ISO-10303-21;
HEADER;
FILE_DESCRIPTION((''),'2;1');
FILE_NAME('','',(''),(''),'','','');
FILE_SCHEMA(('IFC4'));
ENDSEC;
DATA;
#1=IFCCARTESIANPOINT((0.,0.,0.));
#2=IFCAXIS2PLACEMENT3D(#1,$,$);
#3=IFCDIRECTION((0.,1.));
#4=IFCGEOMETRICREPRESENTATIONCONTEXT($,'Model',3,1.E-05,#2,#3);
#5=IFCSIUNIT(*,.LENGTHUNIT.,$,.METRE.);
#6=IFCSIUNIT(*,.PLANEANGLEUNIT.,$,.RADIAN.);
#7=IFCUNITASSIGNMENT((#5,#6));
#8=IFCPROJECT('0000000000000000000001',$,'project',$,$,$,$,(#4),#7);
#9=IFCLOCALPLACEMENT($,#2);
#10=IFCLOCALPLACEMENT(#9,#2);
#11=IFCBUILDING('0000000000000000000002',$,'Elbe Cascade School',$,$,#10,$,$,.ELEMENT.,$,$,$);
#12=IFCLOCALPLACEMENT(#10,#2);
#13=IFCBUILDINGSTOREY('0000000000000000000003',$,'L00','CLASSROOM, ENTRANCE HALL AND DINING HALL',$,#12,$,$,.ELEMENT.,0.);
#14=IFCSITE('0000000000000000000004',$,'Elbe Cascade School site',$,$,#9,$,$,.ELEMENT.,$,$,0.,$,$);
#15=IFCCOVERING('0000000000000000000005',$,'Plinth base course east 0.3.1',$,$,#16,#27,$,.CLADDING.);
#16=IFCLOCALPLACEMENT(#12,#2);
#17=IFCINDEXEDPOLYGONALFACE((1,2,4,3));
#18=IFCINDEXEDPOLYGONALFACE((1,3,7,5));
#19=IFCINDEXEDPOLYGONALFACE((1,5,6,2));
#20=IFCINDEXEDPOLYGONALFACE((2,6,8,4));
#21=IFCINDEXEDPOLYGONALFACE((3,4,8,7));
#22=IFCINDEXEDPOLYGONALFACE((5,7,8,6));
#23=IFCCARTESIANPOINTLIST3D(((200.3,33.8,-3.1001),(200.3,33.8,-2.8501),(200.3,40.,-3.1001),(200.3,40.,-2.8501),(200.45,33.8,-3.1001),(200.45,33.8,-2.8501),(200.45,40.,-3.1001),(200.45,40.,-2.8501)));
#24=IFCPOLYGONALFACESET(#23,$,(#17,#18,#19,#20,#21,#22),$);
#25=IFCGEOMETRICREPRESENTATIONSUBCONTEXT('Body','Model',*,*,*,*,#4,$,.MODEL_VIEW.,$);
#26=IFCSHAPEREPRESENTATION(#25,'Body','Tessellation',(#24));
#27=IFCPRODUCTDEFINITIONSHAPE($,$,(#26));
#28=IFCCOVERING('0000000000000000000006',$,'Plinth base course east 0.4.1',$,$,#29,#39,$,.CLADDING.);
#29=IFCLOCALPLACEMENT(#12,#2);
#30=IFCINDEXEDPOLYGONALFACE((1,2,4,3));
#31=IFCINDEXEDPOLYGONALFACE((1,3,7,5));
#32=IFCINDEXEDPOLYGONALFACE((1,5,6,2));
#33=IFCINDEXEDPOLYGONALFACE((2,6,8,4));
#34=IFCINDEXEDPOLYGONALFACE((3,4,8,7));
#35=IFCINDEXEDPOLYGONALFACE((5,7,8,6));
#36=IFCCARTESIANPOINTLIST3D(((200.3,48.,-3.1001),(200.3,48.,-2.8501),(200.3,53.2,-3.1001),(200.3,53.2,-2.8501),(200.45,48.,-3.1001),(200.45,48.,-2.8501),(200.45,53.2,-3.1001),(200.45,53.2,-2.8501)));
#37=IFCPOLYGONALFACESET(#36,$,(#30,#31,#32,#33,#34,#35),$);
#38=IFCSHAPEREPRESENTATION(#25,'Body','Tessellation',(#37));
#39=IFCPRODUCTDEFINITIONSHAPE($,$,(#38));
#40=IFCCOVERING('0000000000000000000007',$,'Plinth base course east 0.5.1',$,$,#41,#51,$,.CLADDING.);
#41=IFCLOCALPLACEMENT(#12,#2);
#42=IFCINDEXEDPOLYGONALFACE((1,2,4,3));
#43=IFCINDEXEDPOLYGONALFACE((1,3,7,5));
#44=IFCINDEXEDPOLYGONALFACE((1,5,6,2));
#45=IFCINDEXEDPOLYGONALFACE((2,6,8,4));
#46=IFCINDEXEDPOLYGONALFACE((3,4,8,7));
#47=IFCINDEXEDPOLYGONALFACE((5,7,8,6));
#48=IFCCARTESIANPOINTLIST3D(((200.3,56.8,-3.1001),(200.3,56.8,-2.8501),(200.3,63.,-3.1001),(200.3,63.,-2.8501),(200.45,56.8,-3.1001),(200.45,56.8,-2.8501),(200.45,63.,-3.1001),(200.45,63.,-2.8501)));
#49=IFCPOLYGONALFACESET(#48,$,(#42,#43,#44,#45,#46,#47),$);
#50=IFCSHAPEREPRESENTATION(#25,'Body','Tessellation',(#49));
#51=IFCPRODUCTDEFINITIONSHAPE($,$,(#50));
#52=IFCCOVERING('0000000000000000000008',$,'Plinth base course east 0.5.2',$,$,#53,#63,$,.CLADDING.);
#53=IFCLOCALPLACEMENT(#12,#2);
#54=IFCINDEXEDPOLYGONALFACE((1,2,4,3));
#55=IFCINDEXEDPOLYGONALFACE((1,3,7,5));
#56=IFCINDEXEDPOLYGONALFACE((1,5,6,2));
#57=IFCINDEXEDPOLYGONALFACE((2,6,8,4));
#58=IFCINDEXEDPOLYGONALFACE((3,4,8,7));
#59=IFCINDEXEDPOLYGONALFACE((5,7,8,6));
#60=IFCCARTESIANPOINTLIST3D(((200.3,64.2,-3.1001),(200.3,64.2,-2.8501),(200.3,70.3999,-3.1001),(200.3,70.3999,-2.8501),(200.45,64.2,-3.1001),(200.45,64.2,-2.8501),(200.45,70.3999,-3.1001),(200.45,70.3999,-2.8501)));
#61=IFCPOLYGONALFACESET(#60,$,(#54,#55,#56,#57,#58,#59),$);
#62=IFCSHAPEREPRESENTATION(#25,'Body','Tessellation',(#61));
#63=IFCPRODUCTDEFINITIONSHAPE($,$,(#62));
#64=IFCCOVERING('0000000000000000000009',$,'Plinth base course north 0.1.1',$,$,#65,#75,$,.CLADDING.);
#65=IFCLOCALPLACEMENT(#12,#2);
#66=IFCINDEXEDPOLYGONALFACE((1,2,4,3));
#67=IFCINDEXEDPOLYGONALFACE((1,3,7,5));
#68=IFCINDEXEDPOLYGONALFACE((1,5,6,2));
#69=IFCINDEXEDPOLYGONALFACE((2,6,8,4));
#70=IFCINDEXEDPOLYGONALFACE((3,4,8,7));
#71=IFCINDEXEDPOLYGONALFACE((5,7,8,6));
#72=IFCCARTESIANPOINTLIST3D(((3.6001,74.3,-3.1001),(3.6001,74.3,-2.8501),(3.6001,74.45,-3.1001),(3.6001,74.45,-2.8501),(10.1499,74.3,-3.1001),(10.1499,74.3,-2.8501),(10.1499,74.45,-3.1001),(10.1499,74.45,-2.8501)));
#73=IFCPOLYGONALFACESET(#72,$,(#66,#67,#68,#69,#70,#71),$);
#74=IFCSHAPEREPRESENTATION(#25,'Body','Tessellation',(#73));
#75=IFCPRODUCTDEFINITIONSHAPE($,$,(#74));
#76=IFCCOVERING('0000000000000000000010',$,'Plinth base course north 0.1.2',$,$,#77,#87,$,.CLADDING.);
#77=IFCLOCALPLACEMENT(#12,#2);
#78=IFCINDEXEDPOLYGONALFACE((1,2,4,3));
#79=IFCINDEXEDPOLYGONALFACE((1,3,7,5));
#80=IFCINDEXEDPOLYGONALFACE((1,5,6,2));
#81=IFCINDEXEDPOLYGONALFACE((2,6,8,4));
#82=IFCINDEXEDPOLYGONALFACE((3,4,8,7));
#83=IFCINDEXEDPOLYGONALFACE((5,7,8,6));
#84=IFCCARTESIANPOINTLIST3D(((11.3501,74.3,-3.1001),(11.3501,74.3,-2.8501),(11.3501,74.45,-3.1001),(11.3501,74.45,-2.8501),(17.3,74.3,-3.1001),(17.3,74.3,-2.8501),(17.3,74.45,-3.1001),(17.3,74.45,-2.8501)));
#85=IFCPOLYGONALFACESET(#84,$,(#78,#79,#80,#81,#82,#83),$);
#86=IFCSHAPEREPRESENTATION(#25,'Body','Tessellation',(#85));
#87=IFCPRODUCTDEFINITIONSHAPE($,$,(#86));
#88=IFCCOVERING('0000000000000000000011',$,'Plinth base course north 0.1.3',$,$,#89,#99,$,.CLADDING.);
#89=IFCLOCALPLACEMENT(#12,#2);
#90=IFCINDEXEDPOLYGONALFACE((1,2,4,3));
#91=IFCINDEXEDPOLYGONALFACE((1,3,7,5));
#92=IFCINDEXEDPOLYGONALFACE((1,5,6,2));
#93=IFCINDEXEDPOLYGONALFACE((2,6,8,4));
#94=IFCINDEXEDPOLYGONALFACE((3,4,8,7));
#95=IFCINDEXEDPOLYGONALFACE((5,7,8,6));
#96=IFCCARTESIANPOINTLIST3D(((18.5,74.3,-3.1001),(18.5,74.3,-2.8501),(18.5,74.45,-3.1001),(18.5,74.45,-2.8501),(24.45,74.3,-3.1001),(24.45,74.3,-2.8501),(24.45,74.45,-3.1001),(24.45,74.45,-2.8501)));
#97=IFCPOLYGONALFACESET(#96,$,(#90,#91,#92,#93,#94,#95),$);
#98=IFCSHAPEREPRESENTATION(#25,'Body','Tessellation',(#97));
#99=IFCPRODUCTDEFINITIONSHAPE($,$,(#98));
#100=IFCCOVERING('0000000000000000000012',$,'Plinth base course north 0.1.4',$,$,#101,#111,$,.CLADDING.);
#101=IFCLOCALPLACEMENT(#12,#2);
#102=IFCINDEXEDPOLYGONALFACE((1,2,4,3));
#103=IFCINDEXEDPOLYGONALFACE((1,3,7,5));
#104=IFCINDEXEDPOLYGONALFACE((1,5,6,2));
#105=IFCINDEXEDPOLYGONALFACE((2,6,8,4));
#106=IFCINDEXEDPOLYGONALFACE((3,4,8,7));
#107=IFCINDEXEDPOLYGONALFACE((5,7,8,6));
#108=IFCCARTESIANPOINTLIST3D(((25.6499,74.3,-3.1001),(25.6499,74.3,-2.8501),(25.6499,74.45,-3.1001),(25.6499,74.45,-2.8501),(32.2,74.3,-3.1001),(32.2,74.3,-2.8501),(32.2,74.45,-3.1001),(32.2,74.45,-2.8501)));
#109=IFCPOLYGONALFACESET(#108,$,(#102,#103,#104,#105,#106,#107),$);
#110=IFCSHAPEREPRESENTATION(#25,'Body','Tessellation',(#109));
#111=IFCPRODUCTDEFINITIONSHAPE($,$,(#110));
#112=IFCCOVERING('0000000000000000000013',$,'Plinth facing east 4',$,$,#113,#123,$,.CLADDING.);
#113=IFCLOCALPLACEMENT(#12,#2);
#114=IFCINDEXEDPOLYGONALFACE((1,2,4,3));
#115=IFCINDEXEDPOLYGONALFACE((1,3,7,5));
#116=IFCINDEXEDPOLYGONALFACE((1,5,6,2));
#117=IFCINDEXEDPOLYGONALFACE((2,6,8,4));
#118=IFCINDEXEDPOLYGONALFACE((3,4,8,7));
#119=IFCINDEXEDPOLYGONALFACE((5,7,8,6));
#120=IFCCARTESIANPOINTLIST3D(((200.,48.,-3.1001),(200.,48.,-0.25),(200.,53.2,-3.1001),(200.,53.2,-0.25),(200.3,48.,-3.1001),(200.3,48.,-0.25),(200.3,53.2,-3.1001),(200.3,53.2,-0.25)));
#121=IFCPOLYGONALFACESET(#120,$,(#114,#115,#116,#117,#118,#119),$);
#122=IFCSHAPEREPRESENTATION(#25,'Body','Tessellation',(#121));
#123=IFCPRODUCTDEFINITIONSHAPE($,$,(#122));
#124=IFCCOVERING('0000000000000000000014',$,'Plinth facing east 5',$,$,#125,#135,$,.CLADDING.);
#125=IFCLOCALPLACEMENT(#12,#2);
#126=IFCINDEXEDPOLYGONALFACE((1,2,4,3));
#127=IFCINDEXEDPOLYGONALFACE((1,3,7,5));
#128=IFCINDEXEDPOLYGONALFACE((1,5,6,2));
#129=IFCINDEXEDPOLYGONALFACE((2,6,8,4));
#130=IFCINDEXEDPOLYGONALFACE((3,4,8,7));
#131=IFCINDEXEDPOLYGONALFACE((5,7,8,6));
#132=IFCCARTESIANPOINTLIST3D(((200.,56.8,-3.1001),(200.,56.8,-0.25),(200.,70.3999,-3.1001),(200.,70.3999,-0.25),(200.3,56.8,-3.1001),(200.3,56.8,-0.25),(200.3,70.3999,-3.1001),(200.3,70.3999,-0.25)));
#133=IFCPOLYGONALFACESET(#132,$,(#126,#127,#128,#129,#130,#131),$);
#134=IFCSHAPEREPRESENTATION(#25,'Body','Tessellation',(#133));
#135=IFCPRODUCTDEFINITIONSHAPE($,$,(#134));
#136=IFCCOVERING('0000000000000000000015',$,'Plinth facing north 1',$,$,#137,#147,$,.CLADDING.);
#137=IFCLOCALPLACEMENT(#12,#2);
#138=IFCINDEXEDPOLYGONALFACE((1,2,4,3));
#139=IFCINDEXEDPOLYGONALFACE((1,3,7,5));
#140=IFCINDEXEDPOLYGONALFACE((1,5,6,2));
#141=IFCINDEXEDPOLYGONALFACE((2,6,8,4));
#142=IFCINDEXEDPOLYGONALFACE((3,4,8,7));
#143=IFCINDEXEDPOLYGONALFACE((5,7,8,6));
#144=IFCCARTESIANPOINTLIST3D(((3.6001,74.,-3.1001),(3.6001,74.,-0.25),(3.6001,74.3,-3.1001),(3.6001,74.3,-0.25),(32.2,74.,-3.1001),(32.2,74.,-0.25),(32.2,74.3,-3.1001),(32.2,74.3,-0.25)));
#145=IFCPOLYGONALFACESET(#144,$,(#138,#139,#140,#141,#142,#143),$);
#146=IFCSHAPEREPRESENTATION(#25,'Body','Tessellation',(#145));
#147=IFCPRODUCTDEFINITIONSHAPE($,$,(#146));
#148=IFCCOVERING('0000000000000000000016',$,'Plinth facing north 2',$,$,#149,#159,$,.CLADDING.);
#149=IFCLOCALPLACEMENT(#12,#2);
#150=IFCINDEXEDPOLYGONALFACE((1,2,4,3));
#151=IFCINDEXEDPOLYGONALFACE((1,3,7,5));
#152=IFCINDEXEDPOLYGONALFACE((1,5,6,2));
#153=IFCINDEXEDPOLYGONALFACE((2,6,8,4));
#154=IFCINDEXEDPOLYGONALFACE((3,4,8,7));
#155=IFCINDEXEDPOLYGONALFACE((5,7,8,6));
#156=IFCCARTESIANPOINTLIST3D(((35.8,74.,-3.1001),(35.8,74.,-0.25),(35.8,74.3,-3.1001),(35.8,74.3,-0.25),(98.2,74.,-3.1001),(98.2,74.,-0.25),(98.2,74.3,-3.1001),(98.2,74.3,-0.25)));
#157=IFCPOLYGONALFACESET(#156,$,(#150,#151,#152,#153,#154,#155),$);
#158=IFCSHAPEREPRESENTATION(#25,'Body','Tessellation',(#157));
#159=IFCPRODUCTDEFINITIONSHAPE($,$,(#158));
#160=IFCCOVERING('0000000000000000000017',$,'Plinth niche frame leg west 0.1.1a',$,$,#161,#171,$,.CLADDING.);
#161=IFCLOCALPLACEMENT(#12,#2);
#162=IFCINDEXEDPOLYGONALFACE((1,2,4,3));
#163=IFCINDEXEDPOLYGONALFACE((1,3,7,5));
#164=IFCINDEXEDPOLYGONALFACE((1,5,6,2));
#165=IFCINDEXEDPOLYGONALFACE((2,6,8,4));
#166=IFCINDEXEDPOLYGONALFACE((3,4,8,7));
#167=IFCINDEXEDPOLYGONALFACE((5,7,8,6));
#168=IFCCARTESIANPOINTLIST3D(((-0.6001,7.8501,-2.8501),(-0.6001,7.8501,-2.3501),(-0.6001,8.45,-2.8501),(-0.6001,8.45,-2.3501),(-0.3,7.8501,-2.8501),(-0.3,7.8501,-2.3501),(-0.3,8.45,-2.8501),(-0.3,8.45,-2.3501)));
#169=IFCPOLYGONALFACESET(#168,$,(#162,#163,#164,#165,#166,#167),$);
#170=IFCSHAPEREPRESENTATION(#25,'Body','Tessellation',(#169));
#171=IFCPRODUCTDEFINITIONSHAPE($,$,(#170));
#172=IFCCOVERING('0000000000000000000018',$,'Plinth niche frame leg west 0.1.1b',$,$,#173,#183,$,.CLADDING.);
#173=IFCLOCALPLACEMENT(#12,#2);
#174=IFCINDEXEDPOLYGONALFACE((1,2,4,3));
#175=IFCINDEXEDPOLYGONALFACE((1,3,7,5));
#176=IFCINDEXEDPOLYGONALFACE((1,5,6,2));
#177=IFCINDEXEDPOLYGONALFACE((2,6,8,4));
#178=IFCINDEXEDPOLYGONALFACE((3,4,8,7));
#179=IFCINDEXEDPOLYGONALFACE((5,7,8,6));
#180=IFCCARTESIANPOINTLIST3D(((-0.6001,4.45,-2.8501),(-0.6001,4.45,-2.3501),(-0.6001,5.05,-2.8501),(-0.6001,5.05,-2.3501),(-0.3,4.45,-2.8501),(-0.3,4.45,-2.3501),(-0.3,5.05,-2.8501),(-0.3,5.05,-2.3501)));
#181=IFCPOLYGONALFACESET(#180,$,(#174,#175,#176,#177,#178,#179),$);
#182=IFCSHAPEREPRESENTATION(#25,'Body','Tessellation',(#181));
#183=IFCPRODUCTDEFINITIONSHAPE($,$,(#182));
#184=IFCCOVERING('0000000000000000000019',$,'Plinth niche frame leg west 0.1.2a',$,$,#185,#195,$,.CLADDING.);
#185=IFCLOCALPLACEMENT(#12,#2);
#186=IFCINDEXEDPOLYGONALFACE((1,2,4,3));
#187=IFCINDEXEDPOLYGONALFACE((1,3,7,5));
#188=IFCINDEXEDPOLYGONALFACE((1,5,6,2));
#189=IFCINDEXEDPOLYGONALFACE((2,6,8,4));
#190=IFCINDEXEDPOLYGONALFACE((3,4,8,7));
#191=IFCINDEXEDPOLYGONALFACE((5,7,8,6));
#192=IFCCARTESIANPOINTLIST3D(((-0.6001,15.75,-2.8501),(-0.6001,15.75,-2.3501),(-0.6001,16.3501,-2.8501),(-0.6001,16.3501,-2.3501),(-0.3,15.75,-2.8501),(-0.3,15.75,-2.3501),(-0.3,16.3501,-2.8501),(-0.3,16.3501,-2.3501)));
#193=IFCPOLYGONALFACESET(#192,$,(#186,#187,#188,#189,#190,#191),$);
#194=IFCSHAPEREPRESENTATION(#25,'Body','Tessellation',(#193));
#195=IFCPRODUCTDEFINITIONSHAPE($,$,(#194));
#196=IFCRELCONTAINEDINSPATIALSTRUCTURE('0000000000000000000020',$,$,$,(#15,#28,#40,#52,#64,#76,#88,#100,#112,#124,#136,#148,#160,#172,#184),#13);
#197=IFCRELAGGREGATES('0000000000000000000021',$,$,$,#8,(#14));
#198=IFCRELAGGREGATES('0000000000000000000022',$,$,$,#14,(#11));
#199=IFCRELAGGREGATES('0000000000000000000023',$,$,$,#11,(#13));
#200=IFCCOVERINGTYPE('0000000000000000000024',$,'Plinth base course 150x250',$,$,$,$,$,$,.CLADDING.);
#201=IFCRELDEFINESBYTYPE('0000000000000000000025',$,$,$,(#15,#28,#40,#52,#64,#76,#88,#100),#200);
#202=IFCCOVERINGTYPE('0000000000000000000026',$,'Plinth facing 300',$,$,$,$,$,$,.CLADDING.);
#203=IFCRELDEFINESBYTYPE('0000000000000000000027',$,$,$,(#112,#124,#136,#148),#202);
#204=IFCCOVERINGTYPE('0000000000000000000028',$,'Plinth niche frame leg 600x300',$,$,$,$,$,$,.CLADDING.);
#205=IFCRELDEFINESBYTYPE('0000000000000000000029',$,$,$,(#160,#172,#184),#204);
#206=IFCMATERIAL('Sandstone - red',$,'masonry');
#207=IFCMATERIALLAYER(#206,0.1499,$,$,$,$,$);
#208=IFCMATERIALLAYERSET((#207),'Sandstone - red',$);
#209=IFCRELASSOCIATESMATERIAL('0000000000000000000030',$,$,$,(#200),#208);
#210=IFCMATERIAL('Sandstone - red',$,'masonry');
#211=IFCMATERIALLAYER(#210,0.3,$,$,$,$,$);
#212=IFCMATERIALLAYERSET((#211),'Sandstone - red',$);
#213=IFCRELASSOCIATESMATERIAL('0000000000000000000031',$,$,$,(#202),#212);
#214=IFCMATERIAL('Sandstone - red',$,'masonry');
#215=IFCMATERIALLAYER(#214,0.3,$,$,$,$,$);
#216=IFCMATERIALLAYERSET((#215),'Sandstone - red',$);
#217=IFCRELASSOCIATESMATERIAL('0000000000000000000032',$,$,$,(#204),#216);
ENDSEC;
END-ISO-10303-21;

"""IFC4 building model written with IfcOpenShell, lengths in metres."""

from ifc_helpers import new_model, si_unit, direction, frame, origin, place, context, subcontext, project, spatial, polyline, outline, extrude, material, layer, layer_set, type_object, element, save


model = new_model("IFC4")

# Units and contexts
model_context = context("Model", 3, precision=1e-05, world=origin(), true_north=direction((0.0, 1.0)))
body_context = subcontext(model_context, "Body", "Model", "MODEL_VIEW")
ifc_project = project(units=[si_unit("LENGTHUNIT", "METRE"), si_unit("PLANEANGLEUNIT", "RADIAN")], contexts=[model_context])

# Site, building, storey
site_placement = place(None, origin())
site = spatial("IfcSite", under=ifc_project, at=site_placement, Name="Elbe Cascade School site", CompositionType="ELEMENT", RefElevation=0.0)
building_placement = place(site_placement, origin())
building = spatial("IfcBuilding", under=site, at=building_placement, Name="Elbe Cascade School", CompositionType="ELEMENT")
storey_placement = place(building_placement, origin())
storey = spatial("IfcBuildingStorey", under=building, at=storey_placement, Name="L00", Description="CLASSROOM, ENTRANCE HALL AND DINING HALL", CompositionType="ELEMENT", Elevation=0.0)

# Coverings
ifc_material_1 = material(Name="Sandstone - red", Category="masonry")
ifc_layer_1 = layer(ifc_material_1, 0.1499)
ifc_layer_set_1 = layer_set([ifc_layer_1], Name="Sandstone - red")
covering_type_1 = type_object("IfcCoveringType", Name="Plinth base course 150x250", PredefinedType="CLADDING", material=ifc_layer_set_1)
covering_1_placement = place(storey_placement, frame((0.0, 0.0, -3.1001)))
element("IfcCovering", 1, at=covering_1_placement, inside=storey, type_object=covering_type_1, Name="Plinth base course east 0.3.1", PredefinedType="CLADDING", context=body_context, shape_type="SweptSolid", body=[
    extrude(outline(polyline([(200.3, 33.8), (200.45, 33.8), (200.45, 40.0), (200.3, 40.0), (200.3, 33.8)])), origin(), (0.0, 0.0, 1.0), 0.25),
])
covering_2_placement = place(storey_placement, frame((0.0, 0.0, -3.1001)))
element("IfcCovering", 2, at=covering_2_placement, inside=storey, type_object=covering_type_1, Name="Plinth base course east 0.4.1", PredefinedType="CLADDING", context=body_context, shape_type="SweptSolid", body=[
    extrude(outline(polyline([(200.3, 48.0), (200.45, 48.0), (200.45, 53.2), (200.3, 53.2), (200.3, 48.0)])), origin(), (0.0, 0.0, 1.0), 0.25),
])
covering_3_placement = place(storey_placement, frame((0.0, 0.0, -3.1001)))
element("IfcCovering", 3, at=covering_3_placement, inside=storey, type_object=covering_type_1, Name="Plinth base course east 0.5.1", PredefinedType="CLADDING", context=body_context, shape_type="SweptSolid", body=[
    extrude(outline(polyline([(200.3, 56.8), (200.45, 56.8), (200.45, 63.0), (200.3, 63.0), (200.3, 56.8)])), origin(), (0.0, 0.0, 1.0), 0.25),
])
covering_4_placement = place(storey_placement, frame((0.0, 0.0, -3.1001)))
element("IfcCovering", 4, at=covering_4_placement, inside=storey, type_object=covering_type_1, Name="Plinth base course east 0.5.2", PredefinedType="CLADDING", context=body_context, shape_type="SweptSolid", body=[
    extrude(outline(polyline([(200.3, 64.2), (200.45, 64.2), (200.45, 70.3999), (200.3, 70.3999), (200.3, 64.2)])), origin(), (0.0, 0.0, 1.0), 0.25),
])
covering_5_placement = place(storey_placement, frame((0.0, 0.0, -3.1001)))
element("IfcCovering", 5, at=covering_5_placement, inside=storey, type_object=covering_type_1, Name="Plinth base course north 0.1.1", PredefinedType="CLADDING", context=body_context, shape_type="SweptSolid", body=[
    extrude(outline(polyline([(3.6001, 74.3), (10.1499, 74.3), (10.1499, 74.45), (3.6001, 74.45), (3.6001, 74.3)])), origin(), (0.0, 0.0, 1.0), 0.25),
])
covering_6_placement = place(storey_placement, frame((0.0, 0.0, -3.1001)))
element("IfcCovering", 6, at=covering_6_placement, inside=storey, type_object=covering_type_1, Name="Plinth base course north 0.1.2", PredefinedType="CLADDING", context=body_context, shape_type="SweptSolid", body=[
    extrude(outline(polyline([(11.3501, 74.3), (17.3, 74.3), (17.3, 74.45), (11.3501, 74.45), (11.3501, 74.3)])), origin(), (0.0, 0.0, 1.0), 0.25),
])
covering_7_placement = place(storey_placement, frame((0.0, 0.0, -3.1001)))
element("IfcCovering", 7, at=covering_7_placement, inside=storey, type_object=covering_type_1, Name="Plinth base course north 0.1.3", PredefinedType="CLADDING", context=body_context, shape_type="SweptSolid", body=[
    extrude(outline(polyline([(18.5, 74.3), (24.45, 74.3), (24.45, 74.45), (18.5, 74.45), (18.5, 74.3)])), origin(), (0.0, 0.0, 1.0), 0.25),
])
covering_8_placement = place(storey_placement, frame((0.0, 0.0, -3.1001)))
element("IfcCovering", 8, at=covering_8_placement, inside=storey, type_object=covering_type_1, Name="Plinth base course north 0.1.4", PredefinedType="CLADDING", context=body_context, shape_type="SweptSolid", body=[
    extrude(outline(polyline([(25.6499, 74.3), (32.2, 74.3), (32.2, 74.45), (25.6499, 74.45), (25.6499, 74.3)])), origin(), (0.0, 0.0, 1.0), 0.25),
])
ifc_material_2 = material(Name="Sandstone - red", Category="masonry")
ifc_layer_2 = layer(ifc_material_2, 0.3)
ifc_layer_set_2 = layer_set([ifc_layer_2], Name="Sandstone - red")
covering_type_2 = type_object("IfcCoveringType", Name="Plinth facing 300", PredefinedType="CLADDING", material=ifc_layer_set_2)
covering_9_placement = place(storey_placement, frame((0.0, 0.0, -3.1001)))
element("IfcCovering", 9, at=covering_9_placement, inside=storey, type_object=covering_type_2, Name="Plinth facing east 4", PredefinedType="CLADDING", context=body_context, shape_type="SweptSolid", body=[
    extrude(outline(polyline([(200.0, 48.0), (200.3, 48.0), (200.3, 53.2), (200.0, 53.2), (200.0, 48.0)])), origin(), (0.0, 0.0, 1.0), 2.8501),
])
covering_10_placement = place(storey_placement, frame((0.0, 0.0, -3.1001)))
element("IfcCovering", 10, at=covering_10_placement, inside=storey, type_object=covering_type_2, Name="Plinth facing east 5", PredefinedType="CLADDING", context=body_context, shape_type="SweptSolid", body=[
    extrude(outline(polyline([(200.0, 56.8), (200.3, 56.8), (200.3, 70.3999), (200.0, 70.3999), (200.0, 56.8)])), origin(), (0.0, 0.0, 1.0), 2.8501),
])
covering_11_placement = place(storey_placement, frame((0.0, 0.0, -3.1001)))
element("IfcCovering", 11, at=covering_11_placement, inside=storey, type_object=covering_type_2, Name="Plinth facing north 1", PredefinedType="CLADDING", context=body_context, shape_type="SweptSolid", body=[
    extrude(outline(polyline([(3.6001, 74.0), (32.2, 74.0), (32.2, 74.3), (3.6001, 74.3), (3.6001, 74.0)])), origin(), (0.0, 0.0, 1.0), 2.8501),
])
covering_12_placement = place(storey_placement, frame((0.0, 0.0, -3.1001)))
element("IfcCovering", 12, at=covering_12_placement, inside=storey, type_object=covering_type_2, Name="Plinth facing north 2", PredefinedType="CLADDING", context=body_context, shape_type="SweptSolid", body=[
    extrude(outline(polyline([(35.8, 74.0), (98.2, 74.0), (98.2, 74.3), (35.8, 74.3), (35.8, 74.0)])), origin(), (0.0, 0.0, 1.0), 2.8501),
])
ifc_material_3 = material(Name="Sandstone - red", Category="masonry")
ifc_layer_3 = layer(ifc_material_3, 0.3)
ifc_layer_set_3 = layer_set([ifc_layer_3], Name="Sandstone - red")
covering_type_3 = type_object("IfcCoveringType", Name="Plinth niche frame leg 600x300", PredefinedType="CLADDING", material=ifc_layer_set_3)
covering_13_placement = place(storey_placement, frame((0.0, 0.0, -2.8501)))
element("IfcCovering", 13, at=covering_13_placement, inside=storey, type_object=covering_type_3, Name="Plinth niche frame leg west 0.1.1a", PredefinedType="CLADDING", context=body_context, shape_type="SweptSolid", body=[
    extrude(outline(polyline([(-0.6001, 7.8501), (-0.3, 7.8501), (-0.3, 8.45), (-0.6001, 8.45), (-0.6001, 7.8501)])), origin(), (0.0, 0.0, 1.0), 0.5),
])
covering_14_placement = place(storey_placement, frame((0.0, 0.0, -2.8501)))
element("IfcCovering", 14, at=covering_14_placement, inside=storey, type_object=covering_type_3, Name="Plinth niche frame leg west 0.1.1b", PredefinedType="CLADDING", context=body_context, shape_type="SweptSolid", body=[
    extrude(outline(polyline([(-0.6001, 4.45), (-0.3, 4.45), (-0.3, 5.05), (-0.6001, 5.05), (-0.6001, 4.45)])), origin(), (0.0, 0.0, 1.0), 0.5),
])
covering_15_placement = place(storey_placement, frame((0.0, 0.0, -2.8501)))
element("IfcCovering", 15, at=covering_15_placement, inside=storey, type_object=covering_type_3, Name="Plinth niche frame leg west 0.1.2a", PredefinedType="CLADDING", context=body_context, shape_type="SweptSolid", body=[
    extrude(outline(polyline([(-0.6001, 15.75), (-0.3, 15.75), (-0.3, 16.3501), (-0.6001, 16.3501), (-0.6001, 15.75)])), origin(), (0.0, 0.0, 1.0), 0.5),
])

save(model, "model.ifc")
